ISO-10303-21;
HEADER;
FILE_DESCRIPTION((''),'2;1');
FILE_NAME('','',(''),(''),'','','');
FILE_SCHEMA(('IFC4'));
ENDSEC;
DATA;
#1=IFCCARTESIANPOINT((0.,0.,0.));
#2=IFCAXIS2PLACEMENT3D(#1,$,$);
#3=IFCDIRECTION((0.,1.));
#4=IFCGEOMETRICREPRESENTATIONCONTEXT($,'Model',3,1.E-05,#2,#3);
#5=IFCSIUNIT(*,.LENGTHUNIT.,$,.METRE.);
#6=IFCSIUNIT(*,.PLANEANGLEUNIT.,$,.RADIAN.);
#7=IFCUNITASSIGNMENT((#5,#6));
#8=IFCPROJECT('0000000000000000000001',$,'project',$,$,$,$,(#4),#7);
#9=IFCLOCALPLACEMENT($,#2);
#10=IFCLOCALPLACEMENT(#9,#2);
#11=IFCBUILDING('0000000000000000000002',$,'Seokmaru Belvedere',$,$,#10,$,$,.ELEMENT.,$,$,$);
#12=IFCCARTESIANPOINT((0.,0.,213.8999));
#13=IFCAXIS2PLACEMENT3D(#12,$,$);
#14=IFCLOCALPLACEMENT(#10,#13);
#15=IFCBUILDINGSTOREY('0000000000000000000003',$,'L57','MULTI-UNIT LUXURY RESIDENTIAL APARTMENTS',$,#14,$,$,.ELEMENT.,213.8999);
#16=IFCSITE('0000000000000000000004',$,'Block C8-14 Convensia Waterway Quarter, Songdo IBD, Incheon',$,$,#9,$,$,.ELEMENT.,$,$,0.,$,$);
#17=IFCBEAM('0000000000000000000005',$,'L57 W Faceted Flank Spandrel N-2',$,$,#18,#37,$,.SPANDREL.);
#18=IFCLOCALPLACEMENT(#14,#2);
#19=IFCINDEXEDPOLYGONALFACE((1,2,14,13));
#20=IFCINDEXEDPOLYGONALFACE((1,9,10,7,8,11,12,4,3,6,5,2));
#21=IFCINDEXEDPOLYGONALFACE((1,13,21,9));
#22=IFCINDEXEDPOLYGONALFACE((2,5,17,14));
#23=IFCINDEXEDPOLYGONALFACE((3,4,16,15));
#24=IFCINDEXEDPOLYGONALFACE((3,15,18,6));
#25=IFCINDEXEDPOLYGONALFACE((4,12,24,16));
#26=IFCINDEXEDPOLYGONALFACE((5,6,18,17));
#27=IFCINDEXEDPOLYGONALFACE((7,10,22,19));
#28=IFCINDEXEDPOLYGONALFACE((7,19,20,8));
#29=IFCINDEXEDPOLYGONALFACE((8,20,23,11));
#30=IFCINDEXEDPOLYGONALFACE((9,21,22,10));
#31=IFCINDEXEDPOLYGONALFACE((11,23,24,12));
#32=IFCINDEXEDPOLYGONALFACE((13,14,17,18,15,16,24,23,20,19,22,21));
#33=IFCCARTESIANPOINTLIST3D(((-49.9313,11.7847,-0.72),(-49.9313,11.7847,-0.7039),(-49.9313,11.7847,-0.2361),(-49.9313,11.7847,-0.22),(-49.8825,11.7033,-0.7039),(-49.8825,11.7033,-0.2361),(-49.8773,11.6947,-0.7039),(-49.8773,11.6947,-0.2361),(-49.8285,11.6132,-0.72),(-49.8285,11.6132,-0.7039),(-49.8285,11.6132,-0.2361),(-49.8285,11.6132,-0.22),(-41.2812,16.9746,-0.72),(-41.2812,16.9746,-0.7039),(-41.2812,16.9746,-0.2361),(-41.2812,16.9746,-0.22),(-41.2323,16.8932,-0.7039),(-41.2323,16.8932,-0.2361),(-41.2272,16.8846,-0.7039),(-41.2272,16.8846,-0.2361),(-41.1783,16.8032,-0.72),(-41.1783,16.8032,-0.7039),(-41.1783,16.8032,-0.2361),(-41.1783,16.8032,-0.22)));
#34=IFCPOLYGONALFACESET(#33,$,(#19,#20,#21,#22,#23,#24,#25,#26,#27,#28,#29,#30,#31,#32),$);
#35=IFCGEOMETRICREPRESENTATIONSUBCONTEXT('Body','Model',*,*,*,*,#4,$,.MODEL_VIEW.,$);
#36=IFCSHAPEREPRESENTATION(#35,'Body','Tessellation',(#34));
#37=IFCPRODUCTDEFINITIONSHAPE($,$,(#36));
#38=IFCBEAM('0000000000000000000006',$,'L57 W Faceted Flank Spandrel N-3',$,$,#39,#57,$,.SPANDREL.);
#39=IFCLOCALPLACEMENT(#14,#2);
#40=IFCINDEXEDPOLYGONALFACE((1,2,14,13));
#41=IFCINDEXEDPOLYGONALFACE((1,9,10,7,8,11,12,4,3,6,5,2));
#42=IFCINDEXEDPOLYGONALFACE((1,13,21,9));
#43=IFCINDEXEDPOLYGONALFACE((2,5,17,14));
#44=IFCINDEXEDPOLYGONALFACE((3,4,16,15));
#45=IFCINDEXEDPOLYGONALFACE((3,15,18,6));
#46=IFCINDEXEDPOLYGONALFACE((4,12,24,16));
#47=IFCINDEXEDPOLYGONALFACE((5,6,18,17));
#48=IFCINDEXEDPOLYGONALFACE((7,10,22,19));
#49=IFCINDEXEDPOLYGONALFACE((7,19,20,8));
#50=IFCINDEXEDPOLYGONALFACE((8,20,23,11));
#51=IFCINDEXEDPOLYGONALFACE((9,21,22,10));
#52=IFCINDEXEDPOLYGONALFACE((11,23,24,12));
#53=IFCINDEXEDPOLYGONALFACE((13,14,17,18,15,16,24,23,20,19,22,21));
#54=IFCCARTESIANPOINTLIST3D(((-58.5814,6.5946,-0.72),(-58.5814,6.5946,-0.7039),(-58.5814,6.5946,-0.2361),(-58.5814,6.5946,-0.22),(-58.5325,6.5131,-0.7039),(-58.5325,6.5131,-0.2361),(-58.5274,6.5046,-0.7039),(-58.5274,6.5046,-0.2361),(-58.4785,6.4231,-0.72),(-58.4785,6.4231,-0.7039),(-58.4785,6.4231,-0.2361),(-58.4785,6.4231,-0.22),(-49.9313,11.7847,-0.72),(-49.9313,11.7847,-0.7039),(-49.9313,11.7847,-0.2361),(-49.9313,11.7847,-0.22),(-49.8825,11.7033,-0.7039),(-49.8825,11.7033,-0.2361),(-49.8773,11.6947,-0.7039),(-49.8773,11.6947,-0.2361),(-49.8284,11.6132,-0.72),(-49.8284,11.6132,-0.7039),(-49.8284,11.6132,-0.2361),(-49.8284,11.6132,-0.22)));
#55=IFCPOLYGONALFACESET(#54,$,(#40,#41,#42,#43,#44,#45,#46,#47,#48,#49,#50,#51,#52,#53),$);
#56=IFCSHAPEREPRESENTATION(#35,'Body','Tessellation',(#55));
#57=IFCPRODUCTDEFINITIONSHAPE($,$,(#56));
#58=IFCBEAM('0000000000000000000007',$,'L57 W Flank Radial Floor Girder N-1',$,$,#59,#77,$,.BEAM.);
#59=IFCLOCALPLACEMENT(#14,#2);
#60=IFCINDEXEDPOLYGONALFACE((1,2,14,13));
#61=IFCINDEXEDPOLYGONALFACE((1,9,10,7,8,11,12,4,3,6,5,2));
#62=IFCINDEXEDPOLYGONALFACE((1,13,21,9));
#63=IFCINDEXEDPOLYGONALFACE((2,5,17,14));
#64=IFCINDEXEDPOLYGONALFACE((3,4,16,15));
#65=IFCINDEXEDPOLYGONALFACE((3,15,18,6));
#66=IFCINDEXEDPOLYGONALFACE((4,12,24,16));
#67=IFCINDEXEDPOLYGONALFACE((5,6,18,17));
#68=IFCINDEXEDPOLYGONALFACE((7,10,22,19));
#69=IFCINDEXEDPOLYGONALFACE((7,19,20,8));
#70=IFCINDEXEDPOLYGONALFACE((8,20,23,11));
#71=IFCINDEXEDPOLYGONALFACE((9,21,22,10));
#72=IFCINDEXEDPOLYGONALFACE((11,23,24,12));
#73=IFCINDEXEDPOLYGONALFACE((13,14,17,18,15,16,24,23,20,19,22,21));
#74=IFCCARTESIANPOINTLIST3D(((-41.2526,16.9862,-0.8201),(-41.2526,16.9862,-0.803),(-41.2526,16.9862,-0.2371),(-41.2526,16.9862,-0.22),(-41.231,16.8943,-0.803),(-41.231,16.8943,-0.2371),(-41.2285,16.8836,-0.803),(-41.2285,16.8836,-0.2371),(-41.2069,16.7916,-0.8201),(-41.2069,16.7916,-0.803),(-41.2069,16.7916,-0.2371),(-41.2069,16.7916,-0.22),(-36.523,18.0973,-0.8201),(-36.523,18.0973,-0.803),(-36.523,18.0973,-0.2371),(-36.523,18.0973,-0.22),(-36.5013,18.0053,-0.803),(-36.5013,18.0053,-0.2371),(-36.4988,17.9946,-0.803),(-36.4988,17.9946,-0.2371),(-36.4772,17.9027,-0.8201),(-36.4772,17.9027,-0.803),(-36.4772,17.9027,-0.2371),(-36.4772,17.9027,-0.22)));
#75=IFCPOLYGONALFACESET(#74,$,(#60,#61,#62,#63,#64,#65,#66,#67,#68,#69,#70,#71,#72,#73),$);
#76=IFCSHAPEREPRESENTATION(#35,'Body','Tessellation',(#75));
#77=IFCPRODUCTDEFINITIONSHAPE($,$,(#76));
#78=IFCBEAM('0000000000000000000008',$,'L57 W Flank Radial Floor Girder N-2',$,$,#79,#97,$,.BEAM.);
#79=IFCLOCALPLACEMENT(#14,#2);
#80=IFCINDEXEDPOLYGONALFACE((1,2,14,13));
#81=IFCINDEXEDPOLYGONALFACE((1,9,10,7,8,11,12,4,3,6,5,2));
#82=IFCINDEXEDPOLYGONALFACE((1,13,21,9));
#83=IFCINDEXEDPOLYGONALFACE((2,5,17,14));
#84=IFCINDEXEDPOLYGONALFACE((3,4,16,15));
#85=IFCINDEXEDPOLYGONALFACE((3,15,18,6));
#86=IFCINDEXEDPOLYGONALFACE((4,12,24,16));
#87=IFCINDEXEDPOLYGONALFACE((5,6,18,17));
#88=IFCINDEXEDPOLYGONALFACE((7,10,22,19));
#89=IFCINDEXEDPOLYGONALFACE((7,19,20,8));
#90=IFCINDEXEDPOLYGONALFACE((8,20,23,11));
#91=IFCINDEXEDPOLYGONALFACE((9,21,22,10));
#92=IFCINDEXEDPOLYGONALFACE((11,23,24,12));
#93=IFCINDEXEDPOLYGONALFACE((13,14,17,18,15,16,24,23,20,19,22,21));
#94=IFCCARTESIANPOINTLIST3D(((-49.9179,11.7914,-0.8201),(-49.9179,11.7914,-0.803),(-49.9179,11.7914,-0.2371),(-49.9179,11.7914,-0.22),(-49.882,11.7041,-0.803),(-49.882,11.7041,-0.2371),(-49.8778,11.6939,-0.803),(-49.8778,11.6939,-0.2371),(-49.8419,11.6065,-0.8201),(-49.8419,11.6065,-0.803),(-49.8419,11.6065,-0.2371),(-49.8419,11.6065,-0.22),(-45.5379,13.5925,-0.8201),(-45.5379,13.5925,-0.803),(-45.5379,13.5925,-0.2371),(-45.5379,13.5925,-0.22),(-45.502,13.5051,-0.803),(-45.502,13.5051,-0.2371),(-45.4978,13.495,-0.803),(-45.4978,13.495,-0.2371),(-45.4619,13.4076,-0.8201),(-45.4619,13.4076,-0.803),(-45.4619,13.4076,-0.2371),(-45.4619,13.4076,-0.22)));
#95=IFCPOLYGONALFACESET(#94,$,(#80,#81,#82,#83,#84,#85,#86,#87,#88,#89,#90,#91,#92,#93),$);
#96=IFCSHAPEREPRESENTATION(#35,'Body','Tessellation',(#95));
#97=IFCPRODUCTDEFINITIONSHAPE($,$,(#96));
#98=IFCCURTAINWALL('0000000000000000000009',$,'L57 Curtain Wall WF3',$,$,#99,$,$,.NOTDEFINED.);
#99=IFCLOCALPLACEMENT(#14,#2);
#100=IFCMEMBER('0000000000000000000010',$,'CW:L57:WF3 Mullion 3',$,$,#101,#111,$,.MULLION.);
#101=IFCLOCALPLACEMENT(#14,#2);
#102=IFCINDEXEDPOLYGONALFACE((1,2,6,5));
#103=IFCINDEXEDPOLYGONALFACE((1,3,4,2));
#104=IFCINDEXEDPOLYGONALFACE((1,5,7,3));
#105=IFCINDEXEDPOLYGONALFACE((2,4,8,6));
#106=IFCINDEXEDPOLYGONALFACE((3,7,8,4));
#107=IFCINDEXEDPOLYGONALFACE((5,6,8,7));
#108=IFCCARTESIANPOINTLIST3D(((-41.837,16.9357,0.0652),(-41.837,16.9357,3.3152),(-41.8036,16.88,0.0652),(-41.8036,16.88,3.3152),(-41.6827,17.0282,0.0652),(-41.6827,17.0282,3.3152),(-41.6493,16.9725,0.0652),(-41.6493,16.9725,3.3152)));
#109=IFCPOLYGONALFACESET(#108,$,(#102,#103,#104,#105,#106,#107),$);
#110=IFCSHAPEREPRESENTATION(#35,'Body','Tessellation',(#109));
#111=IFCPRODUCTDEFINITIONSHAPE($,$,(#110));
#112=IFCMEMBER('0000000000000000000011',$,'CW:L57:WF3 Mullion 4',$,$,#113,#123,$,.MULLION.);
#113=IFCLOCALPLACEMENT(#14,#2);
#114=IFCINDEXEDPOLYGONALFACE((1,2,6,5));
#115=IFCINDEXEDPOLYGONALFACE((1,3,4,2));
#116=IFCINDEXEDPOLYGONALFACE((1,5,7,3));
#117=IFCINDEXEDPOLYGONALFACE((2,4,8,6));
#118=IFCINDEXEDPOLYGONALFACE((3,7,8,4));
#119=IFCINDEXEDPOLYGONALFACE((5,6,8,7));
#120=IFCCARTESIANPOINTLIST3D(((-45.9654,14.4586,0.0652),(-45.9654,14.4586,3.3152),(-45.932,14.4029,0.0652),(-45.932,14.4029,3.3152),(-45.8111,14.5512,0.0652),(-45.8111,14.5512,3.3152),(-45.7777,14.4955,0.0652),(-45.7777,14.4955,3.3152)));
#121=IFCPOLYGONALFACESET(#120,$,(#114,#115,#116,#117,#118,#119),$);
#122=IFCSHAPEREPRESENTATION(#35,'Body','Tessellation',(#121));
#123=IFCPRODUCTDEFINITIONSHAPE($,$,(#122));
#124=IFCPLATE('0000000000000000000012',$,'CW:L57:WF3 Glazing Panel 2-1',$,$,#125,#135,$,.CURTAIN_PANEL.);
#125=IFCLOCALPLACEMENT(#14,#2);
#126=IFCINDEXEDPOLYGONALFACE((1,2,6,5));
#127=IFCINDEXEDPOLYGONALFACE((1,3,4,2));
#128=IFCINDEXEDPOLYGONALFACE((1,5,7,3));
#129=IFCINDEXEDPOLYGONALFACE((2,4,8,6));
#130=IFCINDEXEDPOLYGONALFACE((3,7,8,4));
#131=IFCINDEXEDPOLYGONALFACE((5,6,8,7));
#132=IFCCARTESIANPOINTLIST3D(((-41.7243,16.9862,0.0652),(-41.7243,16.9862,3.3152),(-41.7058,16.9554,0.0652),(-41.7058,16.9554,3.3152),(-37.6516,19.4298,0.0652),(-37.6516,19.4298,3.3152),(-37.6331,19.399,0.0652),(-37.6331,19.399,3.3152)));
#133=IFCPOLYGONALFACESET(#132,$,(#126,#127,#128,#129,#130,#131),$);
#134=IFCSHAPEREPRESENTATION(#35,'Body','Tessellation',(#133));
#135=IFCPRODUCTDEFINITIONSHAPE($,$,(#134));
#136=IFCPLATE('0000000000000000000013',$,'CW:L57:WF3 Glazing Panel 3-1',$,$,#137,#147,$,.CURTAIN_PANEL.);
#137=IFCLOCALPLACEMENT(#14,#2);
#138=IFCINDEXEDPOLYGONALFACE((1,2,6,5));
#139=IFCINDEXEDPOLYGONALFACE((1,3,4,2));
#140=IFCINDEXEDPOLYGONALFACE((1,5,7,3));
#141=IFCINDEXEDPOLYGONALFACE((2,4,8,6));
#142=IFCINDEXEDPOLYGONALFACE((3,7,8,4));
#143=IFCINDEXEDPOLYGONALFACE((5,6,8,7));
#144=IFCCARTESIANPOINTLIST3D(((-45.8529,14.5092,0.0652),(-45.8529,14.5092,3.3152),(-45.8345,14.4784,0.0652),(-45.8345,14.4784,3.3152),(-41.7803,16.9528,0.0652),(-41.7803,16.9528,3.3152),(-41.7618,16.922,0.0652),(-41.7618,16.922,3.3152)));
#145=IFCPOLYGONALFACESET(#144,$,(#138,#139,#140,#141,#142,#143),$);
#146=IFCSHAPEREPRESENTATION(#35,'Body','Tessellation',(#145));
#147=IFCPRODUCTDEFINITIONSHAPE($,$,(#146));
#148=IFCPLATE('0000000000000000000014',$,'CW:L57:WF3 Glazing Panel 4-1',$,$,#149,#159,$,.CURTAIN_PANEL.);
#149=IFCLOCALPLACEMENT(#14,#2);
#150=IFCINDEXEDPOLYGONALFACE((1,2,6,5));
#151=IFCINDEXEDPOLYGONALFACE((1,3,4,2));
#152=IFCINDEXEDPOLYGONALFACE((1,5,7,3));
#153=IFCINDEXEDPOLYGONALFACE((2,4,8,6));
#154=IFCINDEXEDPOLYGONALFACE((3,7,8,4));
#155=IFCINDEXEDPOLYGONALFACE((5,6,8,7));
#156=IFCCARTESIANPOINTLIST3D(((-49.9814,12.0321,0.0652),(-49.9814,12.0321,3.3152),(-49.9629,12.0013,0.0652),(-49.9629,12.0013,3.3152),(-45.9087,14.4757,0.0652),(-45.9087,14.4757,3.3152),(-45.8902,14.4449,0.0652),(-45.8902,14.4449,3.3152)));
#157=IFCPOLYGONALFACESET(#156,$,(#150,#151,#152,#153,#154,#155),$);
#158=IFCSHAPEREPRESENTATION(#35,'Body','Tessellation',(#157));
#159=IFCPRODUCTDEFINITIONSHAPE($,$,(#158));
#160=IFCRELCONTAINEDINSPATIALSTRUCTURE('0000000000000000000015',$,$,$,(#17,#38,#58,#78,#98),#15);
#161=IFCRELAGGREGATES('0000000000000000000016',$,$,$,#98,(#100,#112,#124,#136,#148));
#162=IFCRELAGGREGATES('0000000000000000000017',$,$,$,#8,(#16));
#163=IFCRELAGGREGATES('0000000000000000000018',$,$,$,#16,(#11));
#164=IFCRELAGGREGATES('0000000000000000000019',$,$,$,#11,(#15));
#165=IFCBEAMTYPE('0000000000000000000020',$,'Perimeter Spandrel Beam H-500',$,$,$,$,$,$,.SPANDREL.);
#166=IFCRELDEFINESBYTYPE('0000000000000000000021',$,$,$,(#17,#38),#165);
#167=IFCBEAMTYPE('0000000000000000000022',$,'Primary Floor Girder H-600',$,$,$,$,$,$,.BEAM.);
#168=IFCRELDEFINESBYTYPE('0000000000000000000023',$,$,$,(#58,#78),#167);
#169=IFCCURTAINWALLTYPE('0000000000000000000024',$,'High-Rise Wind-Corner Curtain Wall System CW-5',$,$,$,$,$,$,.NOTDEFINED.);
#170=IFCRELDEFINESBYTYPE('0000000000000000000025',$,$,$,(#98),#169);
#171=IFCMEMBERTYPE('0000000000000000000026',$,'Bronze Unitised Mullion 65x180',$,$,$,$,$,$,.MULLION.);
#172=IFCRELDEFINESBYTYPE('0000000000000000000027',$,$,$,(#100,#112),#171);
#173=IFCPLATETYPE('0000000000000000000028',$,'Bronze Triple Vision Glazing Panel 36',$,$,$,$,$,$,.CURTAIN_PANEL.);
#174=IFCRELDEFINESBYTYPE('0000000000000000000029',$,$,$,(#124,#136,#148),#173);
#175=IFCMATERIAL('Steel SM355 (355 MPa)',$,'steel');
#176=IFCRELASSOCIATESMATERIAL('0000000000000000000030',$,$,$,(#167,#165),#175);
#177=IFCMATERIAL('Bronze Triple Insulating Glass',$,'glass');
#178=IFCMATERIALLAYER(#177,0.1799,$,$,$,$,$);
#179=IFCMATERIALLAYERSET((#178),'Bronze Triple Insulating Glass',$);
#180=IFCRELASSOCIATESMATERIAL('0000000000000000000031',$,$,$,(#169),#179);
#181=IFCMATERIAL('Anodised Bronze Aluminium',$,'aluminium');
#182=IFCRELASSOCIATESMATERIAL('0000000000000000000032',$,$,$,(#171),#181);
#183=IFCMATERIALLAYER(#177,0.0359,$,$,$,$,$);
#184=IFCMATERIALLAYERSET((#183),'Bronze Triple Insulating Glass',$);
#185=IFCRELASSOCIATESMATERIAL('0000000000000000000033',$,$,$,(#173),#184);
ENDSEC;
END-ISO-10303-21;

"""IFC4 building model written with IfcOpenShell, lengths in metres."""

from ifc_helpers import new_model, si_unit, direction, frame, origin, origin_2d, place, context, subcontext, project, spatial, rectangle, i_section, extrude, source, transform, mapped, material, layer, layer_set, material_profile, profile_set, type_object, type_shapes, element, aggregate, save


model = new_model("IFC4")

# Units and contexts
model_context = context("Model", 3, precision=1e-05, world=origin(), true_north=direction((0.0, 1.0)))
body_context = subcontext(model_context, "Body", "Model", "MODEL_VIEW")
ifc_project = project(units=[si_unit("LENGTHUNIT", "METRE"), si_unit("PLANEANGLEUNIT", "RADIAN")], contexts=[model_context])

# Site, building, storey
site_placement = place(None, origin())
site = spatial("IfcSite", under=ifc_project, at=site_placement, Name="Block C8-14 Convensia Waterway Quarter, Songdo IBD, Incheon", CompositionType="ELEMENT", RefElevation=0.0)
building_placement = place(site_placement, origin())
building = spatial("IfcBuilding", under=site, at=building_placement, Name="Seokmaru Belvedere", CompositionType="ELEMENT")
storey_placement = place(building_placement, frame((0.0, 0.0, 213.8999)))
storey = spatial("IfcBuildingStorey", under=building, at=storey_placement, Name="L57", Description="MULTI-UNIT LUXURY RESIDENTIAL APARTMENTS", CompositionType="ELEMENT", Elevation=213.8999)

# Shared definitions
ifc_material_1 = material(Name="Steel SM355 (355 MPa)", Category="steel")

# Beams
ifc_material_profile_1 = material_profile(ifc_material_1, i_section(OverallWidth=0.2, OverallDepth=0.6001, WebThickness=0.011, FlangeThickness=0.0171, at=origin_2d()), Name="H-600x200x11x17")
ifc_profile_set_1 = profile_set([ifc_material_profile_1], Name="Steel SM355 (355 MPa)")
beam_type_1 = type_object("IfcBeamType", Name="Primary Floor Girder H-600", PredefinedType="BEAM", material=ifc_profile_set_1)
ifc_material_profile_2 = material_profile(ifc_material_1, i_section(OverallWidth=0.2, OverallDepth=0.5, WebThickness=0.01, FlangeThickness=0.0161, at=origin_2d()), Name="H-500x200x10x16")
ifc_profile_set_2 = profile_set([ifc_material_profile_2], Name="Steel SM355 (355 MPa)")
beam_type_2 = type_object("IfcBeamType", Name="Perimeter Spandrel Beam H-500", PredefinedType="SPANDREL", material=ifc_profile_set_2)
shared_shape_1 = source(origin(), body_context, "Body", "SweptSolid", [
    extrude(i_section(OverallWidth=0.2, OverallDepth=0.5, WebThickness=0.01, FlangeThickness=0.0161, at=origin_2d()), origin(), (0.0, 0.0, 1.0), 10.0876),
])
type_shapes(beam_type_2, [shared_shape_1])
for number, where, z_axis, x_axis, name in (
    (1, (-41.2297, 16.8889, -0.47), (-0.857499, -0.514485, 0.0), (0.514485, -0.857499, 0.0), "L57 W Faceted Flank Spandrel N-2"),
    (2, (-49.8799, 11.699, -0.47), (-0.857489, -0.514503, 0.0), (0.514503, -0.857489, 0.0), "L57 W Faceted Flank Spandrel N-3"),
):
    element("IfcBeam", number, at=place(storey_placement, frame(where, z_axis=z_axis, x_axis=x_axis)), inside=storey, type_object=beam_type_2, Name=name, PredefinedType="SPANDREL", context=body_context, shape_type="MappedRepresentation", body=[
        mapped(shared_shape_1, transform((0.0, 0.0, 0.0), scale=1.0)),
    ])
shared_shape_2 = source(origin(), body_context, "Body", "SweptSolid", [
    extrude(i_section(OverallWidth=0.2, OverallDepth=0.6001, WebThickness=0.011, FlangeThickness=0.0171, at=origin_2d()), origin(), (0.0, 0.0, 1.0), 4.8584),
])
beam_1_placement = place(storey_placement, frame((-41.2297, 16.8889, -0.52), z_axis=(0.973499, 0.228689, 0.0), x_axis=(-0.228689, 0.973499, 0.0)))
element("IfcBeam", 3, at=beam_1_placement, inside=storey, type_object=beam_type_1, Name="L57 W Flank Radial Floor Girder N-1", PredefinedType="BEAM", context=body_context, shape_type="MappedRepresentation", body=[
    mapped(shared_shape_2, transform((0.0, 0.0, 0.0), scale=1.0)),
])
shared_shape_3 = source(origin(), body_context, "Body", "SweptSolid", [
    extrude(i_section(OverallWidth=0.2, OverallDepth=0.6001, WebThickness=0.011, FlangeThickness=0.0171, at=origin_2d()), origin(), (0.0, 0.0, 1.0), 4.7358),
])
beam_2_placement = place(storey_placement, frame((-49.8799, 11.699, -0.52), z_axis=(0.924861, 0.380306, 0.0), x_axis=(-0.380306, 0.924861, 0.0)))
element("IfcBeam", 4, at=beam_2_placement, inside=storey, type_object=beam_type_1, Name="L57 W Flank Radial Floor Girder N-2", PredefinedType="BEAM", context=body_context, shape_type="MappedRepresentation", body=[
    mapped(shared_shape_3, transform((0.0, 0.0, 0.0), scale=1.0)),
])

# Curtain wall, members, plates
ifc_material_2 = material(Name="Bronze Triple Insulating Glass", Category="glass")
ifc_layer_1 = layer(ifc_material_2, 0.1799)
ifc_layer_set_1 = layer_set([ifc_layer_1], Name="Bronze Triple Insulating Glass")
curtain_wall_type = type_object("IfcCurtainWallType", Name="High-Rise Wind-Corner Curtain Wall System CW-5", PredefinedType="NOTDEFINED", material=ifc_layer_set_1)
curtain_wall_placement = place(storey_placement, origin())
curtain_wall = element("IfcCurtainWall", 5, at=curtain_wall_placement, inside=storey, type_object=curtain_wall_type, Name="L57 Curtain Wall WF3", PredefinedType="NOTDEFINED")
ifc_material_3 = material(Name="Anodised Bronze Aluminium", Category="aluminium")
ifc_material_profile_3 = material_profile(ifc_material_3, rectangle(XDim=0.0649, YDim=0.1799, at=origin_2d()), Name="CW-M-65x180")
ifc_profile_set_3 = profile_set([ifc_material_profile_3], Name="Anodised Bronze Aluminium")
member_type = type_object("IfcMemberType", Name="Bronze Unitised Mullion 65x180", PredefinedType="MULLION", material=ifc_profile_set_3)
shared_shape_4 = source(origin(), body_context, "Body", "SweptSolid", [
    extrude(rectangle(XDim=0.0649, YDim=0.1799, at=origin_2d()), origin(), (0.0, 0.0, 1.0), 3.25),
])
type_shapes(member_type, [shared_shape_4])
member_1_placement = place(storey_placement, frame((-41.7432, 16.9541, 0.0652), z_axis=(0.0, 0.0, 1.0), x_axis=(0.514495, -0.857493, 0.0)))
member_1 = element("IfcMember", 6, at=member_1_placement, type_object=member_type, Name="CW:L57:WF3 Mullion 3", PredefinedType="MULLION", context=body_context, shape_type="MappedRepresentation", body=[
    mapped(shared_shape_4, transform((0.0, 0.0, 0.0), scale=1.0)),
])
member_2_placement = place(storey_placement, frame((-45.8716, 14.4771, 0.0652), z_axis=(0.0, 0.0, 1.0), x_axis=(0.514495, -0.857493, 0.0)))
member_2 = element("IfcMember", 7, at=member_2_placement, type_object=member_type, Name="CW:L57:WF3 Mullion 4", PredefinedType="MULLION", context=body_context, shape_type="MappedRepresentation", body=[
    mapped(shared_shape_4, transform((0.0, 0.0, 0.0), scale=1.0)),
])
ifc_layer_2 = layer(ifc_material_2, 0.0359)
ifc_layer_set_2 = layer_set([ifc_layer_2], Name="Bronze Triple Insulating Glass")
plate_type = type_object("IfcPlateType", Name="Bronze Triple Vision Glazing Panel 36", PredefinedType="CURTAIN_PANEL", material=ifc_layer_set_2)
shared_shape_5 = source(origin(), body_context, "Body", "SweptSolid", [
    extrude(rectangle(XDim=4.7495, YDim=0.0359, at=origin_2d()), origin(), (0.0, 0.0, 1.0), 3.25),
])
type_shapes(plate_type, [shared_shape_5])
plate_1_placement = place(storey_placement, frame((-39.6787, 18.1926, 0.0652), z_axis=(0.0, 0.0, 1.0), x_axis=(-0.857493, -0.514495, 0.0)))
plate_1 = element("IfcPlate", 8, at=plate_1_placement, type_object=plate_type, Name="CW:L57:WF3 Glazing Panel 2-1", PredefinedType="CURTAIN_PANEL", context=body_context, shape_type="MappedRepresentation", body=[
    mapped(shared_shape_5, transform((0.0, 0.0, 0.0), scale=1.0)),
])
plate_2_placement = place(storey_placement, frame((-43.8074, 15.7156, 0.0652), z_axis=(0.0, 0.0, 1.0), x_axis=(-0.857493, -0.514495, 0.0)))
plate_2 = element("IfcPlate", 9, at=plate_2_placement, type_object=plate_type, Name="CW:L57:WF3 Glazing Panel 3-1", PredefinedType="CURTAIN_PANEL", context=body_context, shape_type="MappedRepresentation", body=[
    mapped(shared_shape_5, transform((0.0, 0.0, 0.0), scale=1.0)),
])
plate_3_placement = place(storey_placement, frame((-47.9358, 13.2385, 0.0652), z_axis=(0.0, 0.0, 1.0), x_axis=(-0.857493, -0.514495, 0.0)))
plate_3 = element("IfcPlate", 10, at=plate_3_placement, type_object=plate_type, Name="CW:L57:WF3 Glazing Panel 4-1", PredefinedType="CURTAIN_PANEL", context=body_context, shape_type="MappedRepresentation", body=[
    mapped(shared_shape_5, transform((0.0, 0.0, 0.0), scale=1.0)),
])
aggregate(curtain_wall, [member_1, member_2, plate_1, plate_2, plate_3])

save(model, "model.ifc")
